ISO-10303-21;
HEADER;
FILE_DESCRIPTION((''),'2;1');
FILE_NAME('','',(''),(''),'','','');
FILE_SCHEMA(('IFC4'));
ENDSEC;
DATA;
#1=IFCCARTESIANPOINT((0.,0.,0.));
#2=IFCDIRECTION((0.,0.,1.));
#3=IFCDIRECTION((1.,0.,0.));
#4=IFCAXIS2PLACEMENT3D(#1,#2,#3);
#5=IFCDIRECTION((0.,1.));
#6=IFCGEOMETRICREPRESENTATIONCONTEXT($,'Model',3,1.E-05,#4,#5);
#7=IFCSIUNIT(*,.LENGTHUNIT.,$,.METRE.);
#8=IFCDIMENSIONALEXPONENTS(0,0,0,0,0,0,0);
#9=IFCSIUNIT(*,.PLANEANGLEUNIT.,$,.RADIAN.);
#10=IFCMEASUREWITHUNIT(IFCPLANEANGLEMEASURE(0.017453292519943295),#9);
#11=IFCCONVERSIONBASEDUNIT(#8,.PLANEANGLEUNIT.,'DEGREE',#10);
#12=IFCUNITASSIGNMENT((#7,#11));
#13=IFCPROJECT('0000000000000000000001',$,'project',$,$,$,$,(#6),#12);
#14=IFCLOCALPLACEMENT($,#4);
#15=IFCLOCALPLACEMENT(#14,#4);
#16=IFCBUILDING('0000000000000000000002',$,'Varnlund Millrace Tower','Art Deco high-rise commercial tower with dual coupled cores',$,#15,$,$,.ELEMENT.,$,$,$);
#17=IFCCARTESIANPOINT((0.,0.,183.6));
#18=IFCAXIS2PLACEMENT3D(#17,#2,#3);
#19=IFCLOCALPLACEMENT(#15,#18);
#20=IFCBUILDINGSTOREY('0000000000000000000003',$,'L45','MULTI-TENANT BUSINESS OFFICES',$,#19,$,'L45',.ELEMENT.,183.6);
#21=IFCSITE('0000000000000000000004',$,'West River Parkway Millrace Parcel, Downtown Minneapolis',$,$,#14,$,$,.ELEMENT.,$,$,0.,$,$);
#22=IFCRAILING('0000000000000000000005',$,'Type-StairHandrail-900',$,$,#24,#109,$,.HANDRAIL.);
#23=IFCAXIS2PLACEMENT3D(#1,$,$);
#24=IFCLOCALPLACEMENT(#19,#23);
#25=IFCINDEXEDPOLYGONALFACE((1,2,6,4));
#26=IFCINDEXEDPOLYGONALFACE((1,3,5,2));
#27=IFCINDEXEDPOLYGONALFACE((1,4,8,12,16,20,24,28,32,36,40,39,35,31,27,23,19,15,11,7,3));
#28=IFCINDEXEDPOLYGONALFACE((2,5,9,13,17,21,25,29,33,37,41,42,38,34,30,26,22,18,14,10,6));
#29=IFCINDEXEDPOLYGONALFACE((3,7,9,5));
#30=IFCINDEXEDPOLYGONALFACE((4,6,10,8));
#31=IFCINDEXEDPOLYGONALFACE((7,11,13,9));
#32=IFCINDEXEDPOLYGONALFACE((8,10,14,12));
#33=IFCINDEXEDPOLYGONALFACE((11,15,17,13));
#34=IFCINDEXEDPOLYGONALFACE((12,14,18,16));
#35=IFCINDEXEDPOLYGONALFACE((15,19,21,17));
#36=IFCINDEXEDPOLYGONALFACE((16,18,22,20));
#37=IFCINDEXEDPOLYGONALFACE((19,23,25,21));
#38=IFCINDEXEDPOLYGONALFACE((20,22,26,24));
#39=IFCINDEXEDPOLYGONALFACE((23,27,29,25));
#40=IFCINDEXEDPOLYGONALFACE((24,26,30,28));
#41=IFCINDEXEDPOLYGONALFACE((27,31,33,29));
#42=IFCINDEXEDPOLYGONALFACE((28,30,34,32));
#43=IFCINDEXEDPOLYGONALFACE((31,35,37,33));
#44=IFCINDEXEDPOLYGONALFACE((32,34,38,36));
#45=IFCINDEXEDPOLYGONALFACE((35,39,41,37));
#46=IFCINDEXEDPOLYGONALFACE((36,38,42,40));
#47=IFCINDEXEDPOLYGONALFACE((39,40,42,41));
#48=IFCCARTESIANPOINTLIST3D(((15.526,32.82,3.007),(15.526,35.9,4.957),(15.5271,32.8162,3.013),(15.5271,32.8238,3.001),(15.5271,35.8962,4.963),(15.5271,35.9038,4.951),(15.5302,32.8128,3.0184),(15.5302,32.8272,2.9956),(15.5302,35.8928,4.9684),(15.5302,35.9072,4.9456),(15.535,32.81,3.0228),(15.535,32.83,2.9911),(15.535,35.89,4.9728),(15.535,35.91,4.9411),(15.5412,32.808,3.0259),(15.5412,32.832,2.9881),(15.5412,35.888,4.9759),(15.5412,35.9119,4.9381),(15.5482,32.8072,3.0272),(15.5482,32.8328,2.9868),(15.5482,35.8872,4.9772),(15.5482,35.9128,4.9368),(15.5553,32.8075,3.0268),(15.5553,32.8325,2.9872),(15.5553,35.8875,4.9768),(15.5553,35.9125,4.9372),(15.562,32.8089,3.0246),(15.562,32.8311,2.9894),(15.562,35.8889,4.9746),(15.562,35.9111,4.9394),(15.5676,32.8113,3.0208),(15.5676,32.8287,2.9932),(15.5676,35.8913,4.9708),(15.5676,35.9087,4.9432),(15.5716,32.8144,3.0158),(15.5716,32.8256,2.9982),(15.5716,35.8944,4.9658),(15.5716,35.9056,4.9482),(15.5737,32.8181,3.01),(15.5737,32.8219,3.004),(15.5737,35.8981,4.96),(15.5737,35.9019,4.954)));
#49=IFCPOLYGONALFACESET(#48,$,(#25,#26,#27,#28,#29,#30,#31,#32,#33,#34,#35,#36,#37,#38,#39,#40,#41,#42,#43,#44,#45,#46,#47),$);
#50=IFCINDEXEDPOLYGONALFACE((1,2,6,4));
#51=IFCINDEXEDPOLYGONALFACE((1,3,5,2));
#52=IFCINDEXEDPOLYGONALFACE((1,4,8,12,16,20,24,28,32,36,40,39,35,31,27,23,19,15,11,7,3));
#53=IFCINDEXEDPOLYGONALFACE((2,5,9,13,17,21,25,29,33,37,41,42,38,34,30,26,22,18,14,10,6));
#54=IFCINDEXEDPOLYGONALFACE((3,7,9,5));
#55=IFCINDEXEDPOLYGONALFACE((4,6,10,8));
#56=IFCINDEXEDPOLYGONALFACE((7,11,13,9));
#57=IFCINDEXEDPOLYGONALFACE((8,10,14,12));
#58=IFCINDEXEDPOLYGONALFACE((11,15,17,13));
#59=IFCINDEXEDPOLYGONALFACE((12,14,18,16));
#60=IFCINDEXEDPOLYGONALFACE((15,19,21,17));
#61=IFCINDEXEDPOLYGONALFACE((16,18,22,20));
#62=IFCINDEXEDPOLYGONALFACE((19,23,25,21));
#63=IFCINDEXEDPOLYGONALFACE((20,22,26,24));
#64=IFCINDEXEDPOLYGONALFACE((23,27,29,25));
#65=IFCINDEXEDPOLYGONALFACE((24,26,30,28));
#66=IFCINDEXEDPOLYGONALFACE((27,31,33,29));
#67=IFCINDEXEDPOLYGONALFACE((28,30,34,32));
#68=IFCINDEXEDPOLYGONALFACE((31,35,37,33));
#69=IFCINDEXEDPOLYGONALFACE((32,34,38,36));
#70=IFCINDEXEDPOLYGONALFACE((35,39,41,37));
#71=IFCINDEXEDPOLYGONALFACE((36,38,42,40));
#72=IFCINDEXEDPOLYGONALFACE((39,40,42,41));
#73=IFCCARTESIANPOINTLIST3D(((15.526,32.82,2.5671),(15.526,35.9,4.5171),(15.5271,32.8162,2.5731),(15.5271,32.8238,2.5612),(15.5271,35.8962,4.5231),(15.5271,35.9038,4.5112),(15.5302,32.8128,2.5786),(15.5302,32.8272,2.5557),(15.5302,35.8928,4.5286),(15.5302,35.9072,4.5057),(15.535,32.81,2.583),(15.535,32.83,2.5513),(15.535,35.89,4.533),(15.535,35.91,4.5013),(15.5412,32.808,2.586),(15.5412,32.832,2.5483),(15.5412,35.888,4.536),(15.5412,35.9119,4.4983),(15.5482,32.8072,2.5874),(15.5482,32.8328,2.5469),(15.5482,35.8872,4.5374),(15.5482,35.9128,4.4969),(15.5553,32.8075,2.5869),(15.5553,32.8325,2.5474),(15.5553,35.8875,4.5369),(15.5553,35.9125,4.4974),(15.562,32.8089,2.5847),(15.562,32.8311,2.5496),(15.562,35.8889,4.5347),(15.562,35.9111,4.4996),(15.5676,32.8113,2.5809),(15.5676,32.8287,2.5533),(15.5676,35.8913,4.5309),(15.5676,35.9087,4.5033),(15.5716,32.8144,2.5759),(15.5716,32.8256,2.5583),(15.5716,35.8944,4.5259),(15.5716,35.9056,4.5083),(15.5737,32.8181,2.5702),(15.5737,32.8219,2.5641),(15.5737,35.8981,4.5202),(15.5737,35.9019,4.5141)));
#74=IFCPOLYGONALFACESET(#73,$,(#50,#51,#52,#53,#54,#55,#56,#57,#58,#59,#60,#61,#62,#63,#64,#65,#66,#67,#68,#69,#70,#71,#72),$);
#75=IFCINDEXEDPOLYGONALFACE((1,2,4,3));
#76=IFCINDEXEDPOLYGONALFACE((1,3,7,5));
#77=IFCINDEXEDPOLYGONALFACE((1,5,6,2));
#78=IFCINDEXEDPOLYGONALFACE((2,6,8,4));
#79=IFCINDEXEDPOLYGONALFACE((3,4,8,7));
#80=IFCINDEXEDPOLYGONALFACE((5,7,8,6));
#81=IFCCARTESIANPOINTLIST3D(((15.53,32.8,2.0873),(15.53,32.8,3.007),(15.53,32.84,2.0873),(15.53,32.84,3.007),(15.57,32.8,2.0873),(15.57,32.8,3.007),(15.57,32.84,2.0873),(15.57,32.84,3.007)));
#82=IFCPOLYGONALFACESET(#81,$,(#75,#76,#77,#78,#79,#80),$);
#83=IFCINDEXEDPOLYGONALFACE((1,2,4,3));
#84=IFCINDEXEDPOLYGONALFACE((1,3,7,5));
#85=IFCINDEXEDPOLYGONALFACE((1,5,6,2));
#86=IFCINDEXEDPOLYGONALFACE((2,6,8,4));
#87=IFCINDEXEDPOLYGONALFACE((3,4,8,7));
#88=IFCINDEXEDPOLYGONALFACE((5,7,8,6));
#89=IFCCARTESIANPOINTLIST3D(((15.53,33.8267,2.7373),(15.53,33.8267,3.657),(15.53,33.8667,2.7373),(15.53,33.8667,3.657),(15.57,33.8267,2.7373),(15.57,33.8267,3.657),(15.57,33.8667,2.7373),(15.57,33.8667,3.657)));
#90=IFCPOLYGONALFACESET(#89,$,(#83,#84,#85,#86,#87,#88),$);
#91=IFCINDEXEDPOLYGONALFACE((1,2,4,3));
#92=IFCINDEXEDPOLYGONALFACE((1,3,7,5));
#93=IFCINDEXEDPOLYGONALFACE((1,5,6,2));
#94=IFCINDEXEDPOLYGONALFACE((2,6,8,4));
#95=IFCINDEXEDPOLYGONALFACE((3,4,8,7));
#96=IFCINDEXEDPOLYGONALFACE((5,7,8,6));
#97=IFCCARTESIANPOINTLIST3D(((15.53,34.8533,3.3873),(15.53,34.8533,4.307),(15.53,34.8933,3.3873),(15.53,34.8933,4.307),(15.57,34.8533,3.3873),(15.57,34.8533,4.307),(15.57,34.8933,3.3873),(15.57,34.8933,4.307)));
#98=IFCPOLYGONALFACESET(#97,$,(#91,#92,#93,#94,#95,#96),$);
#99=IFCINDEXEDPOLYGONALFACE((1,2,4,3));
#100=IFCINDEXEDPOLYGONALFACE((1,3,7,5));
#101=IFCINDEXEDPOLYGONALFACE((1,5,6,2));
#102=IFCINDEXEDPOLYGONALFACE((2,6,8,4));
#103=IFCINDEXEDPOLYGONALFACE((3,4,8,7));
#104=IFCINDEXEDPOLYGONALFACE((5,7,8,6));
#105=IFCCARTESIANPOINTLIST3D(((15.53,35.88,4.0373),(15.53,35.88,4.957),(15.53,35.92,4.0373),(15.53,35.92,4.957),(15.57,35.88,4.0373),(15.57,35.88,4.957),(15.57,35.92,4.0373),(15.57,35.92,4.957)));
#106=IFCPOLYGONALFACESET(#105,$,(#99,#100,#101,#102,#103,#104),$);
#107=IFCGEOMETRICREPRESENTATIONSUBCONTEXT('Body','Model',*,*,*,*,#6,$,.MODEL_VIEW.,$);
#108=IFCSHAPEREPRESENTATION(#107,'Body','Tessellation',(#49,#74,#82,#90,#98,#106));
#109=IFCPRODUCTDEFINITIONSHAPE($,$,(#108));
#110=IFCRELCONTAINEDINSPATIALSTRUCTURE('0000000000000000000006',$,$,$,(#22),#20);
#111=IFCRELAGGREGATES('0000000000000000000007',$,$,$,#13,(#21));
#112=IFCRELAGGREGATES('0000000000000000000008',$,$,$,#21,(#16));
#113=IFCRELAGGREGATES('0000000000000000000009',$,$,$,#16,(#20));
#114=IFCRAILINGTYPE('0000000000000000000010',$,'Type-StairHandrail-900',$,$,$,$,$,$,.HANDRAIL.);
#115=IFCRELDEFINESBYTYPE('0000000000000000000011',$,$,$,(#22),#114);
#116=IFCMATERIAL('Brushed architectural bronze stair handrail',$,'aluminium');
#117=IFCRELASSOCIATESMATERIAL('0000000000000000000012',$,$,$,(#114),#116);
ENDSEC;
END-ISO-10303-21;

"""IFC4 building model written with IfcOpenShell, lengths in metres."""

from ifc_helpers import new_model, entity, si_unit, converted_unit, direction, frame, origin_with_axes, origin_2d_with_axis, place, context, subcontext, project, spatial, rectangle, circle, extrude, material, type_object, element, save


model = new_model("IFC4")

# Units and contexts
model_context = context("Model", 3, precision=1e-05, world=origin_with_axes(), true_north=direction((0.0, 1.0)))
body_context = subcontext(model_context, "Body", "Model", "MODEL_VIEW")
ifc_project = project(units=[si_unit("LENGTHUNIT", "METRE"), converted_unit("PLANEANGLEUNIT", "DEGREE", entity("IfcPlaneAngleMeasure", 0.017453292519943295), si_unit("PLANEANGLEUNIT", "RADIAN"), dimensions=[0, 0, 0, 0, 0, 0, 0])], contexts=[model_context])

# Site, building, storey
site_placement = place(None, origin_with_axes())
site = spatial("IfcSite", under=ifc_project, at=site_placement, Name="West River Parkway Millrace Parcel, Downtown Minneapolis", CompositionType="ELEMENT", RefElevation=0.0)
building_placement = place(site_placement, origin_with_axes())
building = spatial("IfcBuilding", under=site, at=building_placement, Name="Varnlund Millrace Tower", Description="Art Deco high-rise commercial tower with dual coupled cores", CompositionType="ELEMENT")
storey_placement = place(building_placement, frame((0.0, 0.0, 183.6), z_axis=(0.0, 0.0, 1.0), x_axis=(1.0, 0.0, 0.0)))
storey = spatial("IfcBuildingStorey", under=building, at=storey_placement, Name="L45", Description="MULTI-TENANT BUSINESS OFFICES", LongName="L45", CompositionType="ELEMENT", Elevation=183.6)

# Railing
ifc_material_1 = material(Name="Brushed architectural bronze stair handrail", Category="aluminium")
railing_type_1 = type_object("IfcRailingType", Name="Type-StairHandrail-900", PredefinedType="HANDRAIL", material=ifc_material_1)
railing_1_placement = place(storey_placement, frame((0.0, 0.0, -183.6), z_axis=(0.0, 0.0, 1.0), x_axis=(1.0, 0.0, 0.0)))
element("IfcRailing", 1, at=railing_1_placement, inside=storey, type_object=railing_type_1, Name="Type-StairHandrail-900", PredefinedType="HANDRAIL", context=body_context, shape_type="SweptSolid", body=[
    extrude(circle(Radius=0.024, at=origin_2d_with_axis()), frame((15.55, 32.82, 186.607), z_axis=(0.0, 0.844902, 0.534922), x_axis=(-1.0, 0.0, 0.0)), (0.0, 0.0, 1.0), 3.6454),
    extrude(circle(Radius=0.024, at=origin_2d_with_axis()), frame((15.55, 32.82, 186.1671), z_axis=(0.0, 0.844902, 0.534922), x_axis=(-1.0, 0.0, 0.0)), (0.0, 0.0, 1.0), 3.6454),
    extrude(rectangle(XDim=0.04, YDim=0.04, at=origin_2d_with_axis()), frame((15.55, 32.82, 185.6873), z_axis=(0.0, 0.0, 1.0), x_axis=(1.0, 0.0, 0.0)), (0.0, 0.0, 1.0), 0.9197),
    extrude(rectangle(XDim=0.04, YDim=0.04, at=origin_2d_with_axis()), frame((15.55, 33.8467, 186.3373), z_axis=(0.0, 0.0, 1.0), x_axis=(1.0, 0.0, 0.0)), (0.0, 0.0, 1.0), 0.9197),
    extrude(rectangle(XDim=0.04, YDim=0.04, at=origin_2d_with_axis()), frame((15.55, 34.8733, 186.9873), z_axis=(0.0, 0.0, 1.0), x_axis=(1.0, 0.0, 0.0)), (0.0, 0.0, 1.0), 0.9197),
    extrude(rectangle(XDim=0.04, YDim=0.04, at=origin_2d_with_axis()), frame((15.55, 35.9, 187.6373), z_axis=(0.0, 0.0, 1.0), x_axis=(1.0, 0.0, 0.0)), (0.0, 0.0, 1.0), 0.9197),
])

save(model, "model.ifc")
